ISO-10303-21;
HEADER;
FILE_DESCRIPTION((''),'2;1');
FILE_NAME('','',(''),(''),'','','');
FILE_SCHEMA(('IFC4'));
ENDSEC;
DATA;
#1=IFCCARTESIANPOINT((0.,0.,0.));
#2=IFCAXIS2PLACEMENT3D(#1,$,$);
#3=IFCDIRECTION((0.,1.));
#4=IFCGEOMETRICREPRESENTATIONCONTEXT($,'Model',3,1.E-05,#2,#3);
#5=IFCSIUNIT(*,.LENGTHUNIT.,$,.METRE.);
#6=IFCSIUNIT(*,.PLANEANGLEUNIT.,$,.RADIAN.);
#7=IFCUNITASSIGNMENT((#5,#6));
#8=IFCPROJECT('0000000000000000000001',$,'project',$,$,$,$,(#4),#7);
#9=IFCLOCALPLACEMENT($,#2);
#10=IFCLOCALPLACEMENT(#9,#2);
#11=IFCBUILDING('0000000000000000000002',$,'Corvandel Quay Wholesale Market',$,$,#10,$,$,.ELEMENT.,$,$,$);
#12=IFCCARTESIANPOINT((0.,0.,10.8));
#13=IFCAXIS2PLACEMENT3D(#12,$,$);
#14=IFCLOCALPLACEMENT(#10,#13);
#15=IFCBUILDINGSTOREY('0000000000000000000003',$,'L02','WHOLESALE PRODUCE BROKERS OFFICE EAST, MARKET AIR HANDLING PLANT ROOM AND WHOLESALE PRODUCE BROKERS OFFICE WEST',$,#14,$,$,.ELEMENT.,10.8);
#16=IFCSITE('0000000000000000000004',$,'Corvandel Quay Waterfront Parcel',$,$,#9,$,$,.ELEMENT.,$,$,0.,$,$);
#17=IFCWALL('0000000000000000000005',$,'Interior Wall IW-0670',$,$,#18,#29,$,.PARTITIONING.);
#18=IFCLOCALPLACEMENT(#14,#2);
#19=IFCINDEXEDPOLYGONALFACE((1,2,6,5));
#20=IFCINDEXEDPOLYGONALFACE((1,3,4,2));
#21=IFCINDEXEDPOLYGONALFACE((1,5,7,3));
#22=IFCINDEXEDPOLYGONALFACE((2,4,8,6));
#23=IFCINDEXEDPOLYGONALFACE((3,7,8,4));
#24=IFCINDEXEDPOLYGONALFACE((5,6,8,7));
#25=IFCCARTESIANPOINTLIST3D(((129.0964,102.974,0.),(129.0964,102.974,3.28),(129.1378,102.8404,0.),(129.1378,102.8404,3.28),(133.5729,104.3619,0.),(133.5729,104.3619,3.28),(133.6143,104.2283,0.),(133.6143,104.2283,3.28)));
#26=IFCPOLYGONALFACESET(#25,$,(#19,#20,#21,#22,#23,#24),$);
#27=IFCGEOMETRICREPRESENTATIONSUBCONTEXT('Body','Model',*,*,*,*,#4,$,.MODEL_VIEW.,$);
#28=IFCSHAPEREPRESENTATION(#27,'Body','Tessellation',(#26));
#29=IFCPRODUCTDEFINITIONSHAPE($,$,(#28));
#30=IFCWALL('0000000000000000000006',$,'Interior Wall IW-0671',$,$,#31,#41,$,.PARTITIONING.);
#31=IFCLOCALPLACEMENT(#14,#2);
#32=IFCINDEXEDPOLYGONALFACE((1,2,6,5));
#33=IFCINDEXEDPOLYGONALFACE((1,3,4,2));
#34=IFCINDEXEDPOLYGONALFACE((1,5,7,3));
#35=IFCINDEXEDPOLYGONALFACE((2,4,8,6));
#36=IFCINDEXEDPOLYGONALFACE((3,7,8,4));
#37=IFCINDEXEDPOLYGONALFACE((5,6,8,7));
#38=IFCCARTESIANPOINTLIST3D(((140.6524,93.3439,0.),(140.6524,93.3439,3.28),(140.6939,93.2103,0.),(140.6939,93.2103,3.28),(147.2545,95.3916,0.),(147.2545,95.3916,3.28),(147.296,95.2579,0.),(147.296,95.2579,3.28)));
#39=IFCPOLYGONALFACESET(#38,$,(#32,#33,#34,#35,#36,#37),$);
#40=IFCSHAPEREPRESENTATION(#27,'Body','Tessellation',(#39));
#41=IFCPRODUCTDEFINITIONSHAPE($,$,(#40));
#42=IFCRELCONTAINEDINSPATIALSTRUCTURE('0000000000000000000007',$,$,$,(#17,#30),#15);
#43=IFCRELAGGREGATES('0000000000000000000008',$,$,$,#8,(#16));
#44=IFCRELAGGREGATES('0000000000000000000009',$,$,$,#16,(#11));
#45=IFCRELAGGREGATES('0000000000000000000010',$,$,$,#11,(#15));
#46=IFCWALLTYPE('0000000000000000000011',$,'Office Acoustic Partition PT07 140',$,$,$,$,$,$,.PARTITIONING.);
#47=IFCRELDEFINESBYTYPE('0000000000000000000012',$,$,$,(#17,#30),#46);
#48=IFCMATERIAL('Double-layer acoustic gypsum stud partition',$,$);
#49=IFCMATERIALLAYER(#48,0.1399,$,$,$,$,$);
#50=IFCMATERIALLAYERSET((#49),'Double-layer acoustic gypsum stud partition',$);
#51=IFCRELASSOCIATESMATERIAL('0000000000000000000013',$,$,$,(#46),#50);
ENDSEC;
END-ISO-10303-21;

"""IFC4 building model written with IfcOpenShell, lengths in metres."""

from ifc_helpers import new_model, si_unit, direction, frame, frame_2d, origin, place, context, subcontext, project, spatial, rectangle, extrude, material, layer, layer_set, type_object, element, save


model = new_model("IFC4")

# Units and contexts
model_context = context("Model", 3, precision=1e-05, world=origin(), true_north=direction((0.0, 1.0)))
body_context = subcontext(model_context, "Body", "Model", "MODEL_VIEW")
ifc_project = project(units=[si_unit("LENGTHUNIT", "METRE"), si_unit("PLANEANGLEUNIT", "RADIAN")], contexts=[model_context])

# Site, building, storey
site_placement = place(None, origin())
site = spatial("IfcSite", under=ifc_project, at=site_placement, Name="Corvandel Quay Waterfront Parcel", CompositionType="ELEMENT", RefElevation=0.0)
building_placement = place(site_placement, origin())
building = spatial("IfcBuilding", under=site, at=building_placement, Name="Corvandel Quay Wholesale Market", CompositionType="ELEMENT")
storey_placement = place(building_placement, frame((0.0, 0.0, 10.8)))
storey = spatial("IfcBuildingStorey", under=building, at=storey_placement, Name="L02", Description="WHOLESALE PRODUCE BROKERS OFFICE EAST, MARKET AIR HANDLING PLANT ROOM AND WHOLESALE PRODUCE BROKERS OFFICE WEST", CompositionType="ELEMENT", Elevation=10.8)

# Walls
ifc_material_1 = material(Name="Double-layer acoustic gypsum stud partition")
ifc_layer_1 = layer(ifc_material_1, 0.1399)
ifc_layer_set_1 = layer_set([ifc_layer_1], Name="Double-layer acoustic gypsum stud partition")
wall_type = type_object("IfcWallType", Name="Office Acoustic Partition PT07 140", PredefinedType="PARTITIONING", material=ifc_layer_set_1)
wall_1_placement = place(storey_placement, frame((129.1172, 102.9072, 0.0), z_axis=(0.0, 0.0, 1.0), x_axis=(0.955145, 0.296139, 0.0)))
element("IfcWall", 1, at=wall_1_placement, inside=storey, type_object=wall_type, Name="Interior Wall IW-0670", PredefinedType="PARTITIONING", context=body_context, shape_type="SweptSolid", body=[
    extrude(rectangle(XDim=4.6868, YDim=0.1399, at=frame_2d((2.3433, 0.0))), origin(), (0.0, 0.0, 1.0), 3.28),
])
wall_2_placement = place(storey_placement, frame((147.2751, 95.3247, 0.0), z_axis=(0.0, 0.0, 1.0), x_axis=(-0.955118, -0.296227, 0.0)))
element("IfcWall", 2, at=wall_2_placement, inside=storey, type_object=wall_type, Name="Interior Wall IW-0671", PredefinedType="PARTITIONING", context=body_context, shape_type="SweptSolid", body=[
    extrude(rectangle(XDim=6.9124, YDim=0.1399, at=frame_2d((3.4561, 0.0))), origin(), (0.0, 0.0, 1.0), 3.28),
])

save(model, "model.ifc")
